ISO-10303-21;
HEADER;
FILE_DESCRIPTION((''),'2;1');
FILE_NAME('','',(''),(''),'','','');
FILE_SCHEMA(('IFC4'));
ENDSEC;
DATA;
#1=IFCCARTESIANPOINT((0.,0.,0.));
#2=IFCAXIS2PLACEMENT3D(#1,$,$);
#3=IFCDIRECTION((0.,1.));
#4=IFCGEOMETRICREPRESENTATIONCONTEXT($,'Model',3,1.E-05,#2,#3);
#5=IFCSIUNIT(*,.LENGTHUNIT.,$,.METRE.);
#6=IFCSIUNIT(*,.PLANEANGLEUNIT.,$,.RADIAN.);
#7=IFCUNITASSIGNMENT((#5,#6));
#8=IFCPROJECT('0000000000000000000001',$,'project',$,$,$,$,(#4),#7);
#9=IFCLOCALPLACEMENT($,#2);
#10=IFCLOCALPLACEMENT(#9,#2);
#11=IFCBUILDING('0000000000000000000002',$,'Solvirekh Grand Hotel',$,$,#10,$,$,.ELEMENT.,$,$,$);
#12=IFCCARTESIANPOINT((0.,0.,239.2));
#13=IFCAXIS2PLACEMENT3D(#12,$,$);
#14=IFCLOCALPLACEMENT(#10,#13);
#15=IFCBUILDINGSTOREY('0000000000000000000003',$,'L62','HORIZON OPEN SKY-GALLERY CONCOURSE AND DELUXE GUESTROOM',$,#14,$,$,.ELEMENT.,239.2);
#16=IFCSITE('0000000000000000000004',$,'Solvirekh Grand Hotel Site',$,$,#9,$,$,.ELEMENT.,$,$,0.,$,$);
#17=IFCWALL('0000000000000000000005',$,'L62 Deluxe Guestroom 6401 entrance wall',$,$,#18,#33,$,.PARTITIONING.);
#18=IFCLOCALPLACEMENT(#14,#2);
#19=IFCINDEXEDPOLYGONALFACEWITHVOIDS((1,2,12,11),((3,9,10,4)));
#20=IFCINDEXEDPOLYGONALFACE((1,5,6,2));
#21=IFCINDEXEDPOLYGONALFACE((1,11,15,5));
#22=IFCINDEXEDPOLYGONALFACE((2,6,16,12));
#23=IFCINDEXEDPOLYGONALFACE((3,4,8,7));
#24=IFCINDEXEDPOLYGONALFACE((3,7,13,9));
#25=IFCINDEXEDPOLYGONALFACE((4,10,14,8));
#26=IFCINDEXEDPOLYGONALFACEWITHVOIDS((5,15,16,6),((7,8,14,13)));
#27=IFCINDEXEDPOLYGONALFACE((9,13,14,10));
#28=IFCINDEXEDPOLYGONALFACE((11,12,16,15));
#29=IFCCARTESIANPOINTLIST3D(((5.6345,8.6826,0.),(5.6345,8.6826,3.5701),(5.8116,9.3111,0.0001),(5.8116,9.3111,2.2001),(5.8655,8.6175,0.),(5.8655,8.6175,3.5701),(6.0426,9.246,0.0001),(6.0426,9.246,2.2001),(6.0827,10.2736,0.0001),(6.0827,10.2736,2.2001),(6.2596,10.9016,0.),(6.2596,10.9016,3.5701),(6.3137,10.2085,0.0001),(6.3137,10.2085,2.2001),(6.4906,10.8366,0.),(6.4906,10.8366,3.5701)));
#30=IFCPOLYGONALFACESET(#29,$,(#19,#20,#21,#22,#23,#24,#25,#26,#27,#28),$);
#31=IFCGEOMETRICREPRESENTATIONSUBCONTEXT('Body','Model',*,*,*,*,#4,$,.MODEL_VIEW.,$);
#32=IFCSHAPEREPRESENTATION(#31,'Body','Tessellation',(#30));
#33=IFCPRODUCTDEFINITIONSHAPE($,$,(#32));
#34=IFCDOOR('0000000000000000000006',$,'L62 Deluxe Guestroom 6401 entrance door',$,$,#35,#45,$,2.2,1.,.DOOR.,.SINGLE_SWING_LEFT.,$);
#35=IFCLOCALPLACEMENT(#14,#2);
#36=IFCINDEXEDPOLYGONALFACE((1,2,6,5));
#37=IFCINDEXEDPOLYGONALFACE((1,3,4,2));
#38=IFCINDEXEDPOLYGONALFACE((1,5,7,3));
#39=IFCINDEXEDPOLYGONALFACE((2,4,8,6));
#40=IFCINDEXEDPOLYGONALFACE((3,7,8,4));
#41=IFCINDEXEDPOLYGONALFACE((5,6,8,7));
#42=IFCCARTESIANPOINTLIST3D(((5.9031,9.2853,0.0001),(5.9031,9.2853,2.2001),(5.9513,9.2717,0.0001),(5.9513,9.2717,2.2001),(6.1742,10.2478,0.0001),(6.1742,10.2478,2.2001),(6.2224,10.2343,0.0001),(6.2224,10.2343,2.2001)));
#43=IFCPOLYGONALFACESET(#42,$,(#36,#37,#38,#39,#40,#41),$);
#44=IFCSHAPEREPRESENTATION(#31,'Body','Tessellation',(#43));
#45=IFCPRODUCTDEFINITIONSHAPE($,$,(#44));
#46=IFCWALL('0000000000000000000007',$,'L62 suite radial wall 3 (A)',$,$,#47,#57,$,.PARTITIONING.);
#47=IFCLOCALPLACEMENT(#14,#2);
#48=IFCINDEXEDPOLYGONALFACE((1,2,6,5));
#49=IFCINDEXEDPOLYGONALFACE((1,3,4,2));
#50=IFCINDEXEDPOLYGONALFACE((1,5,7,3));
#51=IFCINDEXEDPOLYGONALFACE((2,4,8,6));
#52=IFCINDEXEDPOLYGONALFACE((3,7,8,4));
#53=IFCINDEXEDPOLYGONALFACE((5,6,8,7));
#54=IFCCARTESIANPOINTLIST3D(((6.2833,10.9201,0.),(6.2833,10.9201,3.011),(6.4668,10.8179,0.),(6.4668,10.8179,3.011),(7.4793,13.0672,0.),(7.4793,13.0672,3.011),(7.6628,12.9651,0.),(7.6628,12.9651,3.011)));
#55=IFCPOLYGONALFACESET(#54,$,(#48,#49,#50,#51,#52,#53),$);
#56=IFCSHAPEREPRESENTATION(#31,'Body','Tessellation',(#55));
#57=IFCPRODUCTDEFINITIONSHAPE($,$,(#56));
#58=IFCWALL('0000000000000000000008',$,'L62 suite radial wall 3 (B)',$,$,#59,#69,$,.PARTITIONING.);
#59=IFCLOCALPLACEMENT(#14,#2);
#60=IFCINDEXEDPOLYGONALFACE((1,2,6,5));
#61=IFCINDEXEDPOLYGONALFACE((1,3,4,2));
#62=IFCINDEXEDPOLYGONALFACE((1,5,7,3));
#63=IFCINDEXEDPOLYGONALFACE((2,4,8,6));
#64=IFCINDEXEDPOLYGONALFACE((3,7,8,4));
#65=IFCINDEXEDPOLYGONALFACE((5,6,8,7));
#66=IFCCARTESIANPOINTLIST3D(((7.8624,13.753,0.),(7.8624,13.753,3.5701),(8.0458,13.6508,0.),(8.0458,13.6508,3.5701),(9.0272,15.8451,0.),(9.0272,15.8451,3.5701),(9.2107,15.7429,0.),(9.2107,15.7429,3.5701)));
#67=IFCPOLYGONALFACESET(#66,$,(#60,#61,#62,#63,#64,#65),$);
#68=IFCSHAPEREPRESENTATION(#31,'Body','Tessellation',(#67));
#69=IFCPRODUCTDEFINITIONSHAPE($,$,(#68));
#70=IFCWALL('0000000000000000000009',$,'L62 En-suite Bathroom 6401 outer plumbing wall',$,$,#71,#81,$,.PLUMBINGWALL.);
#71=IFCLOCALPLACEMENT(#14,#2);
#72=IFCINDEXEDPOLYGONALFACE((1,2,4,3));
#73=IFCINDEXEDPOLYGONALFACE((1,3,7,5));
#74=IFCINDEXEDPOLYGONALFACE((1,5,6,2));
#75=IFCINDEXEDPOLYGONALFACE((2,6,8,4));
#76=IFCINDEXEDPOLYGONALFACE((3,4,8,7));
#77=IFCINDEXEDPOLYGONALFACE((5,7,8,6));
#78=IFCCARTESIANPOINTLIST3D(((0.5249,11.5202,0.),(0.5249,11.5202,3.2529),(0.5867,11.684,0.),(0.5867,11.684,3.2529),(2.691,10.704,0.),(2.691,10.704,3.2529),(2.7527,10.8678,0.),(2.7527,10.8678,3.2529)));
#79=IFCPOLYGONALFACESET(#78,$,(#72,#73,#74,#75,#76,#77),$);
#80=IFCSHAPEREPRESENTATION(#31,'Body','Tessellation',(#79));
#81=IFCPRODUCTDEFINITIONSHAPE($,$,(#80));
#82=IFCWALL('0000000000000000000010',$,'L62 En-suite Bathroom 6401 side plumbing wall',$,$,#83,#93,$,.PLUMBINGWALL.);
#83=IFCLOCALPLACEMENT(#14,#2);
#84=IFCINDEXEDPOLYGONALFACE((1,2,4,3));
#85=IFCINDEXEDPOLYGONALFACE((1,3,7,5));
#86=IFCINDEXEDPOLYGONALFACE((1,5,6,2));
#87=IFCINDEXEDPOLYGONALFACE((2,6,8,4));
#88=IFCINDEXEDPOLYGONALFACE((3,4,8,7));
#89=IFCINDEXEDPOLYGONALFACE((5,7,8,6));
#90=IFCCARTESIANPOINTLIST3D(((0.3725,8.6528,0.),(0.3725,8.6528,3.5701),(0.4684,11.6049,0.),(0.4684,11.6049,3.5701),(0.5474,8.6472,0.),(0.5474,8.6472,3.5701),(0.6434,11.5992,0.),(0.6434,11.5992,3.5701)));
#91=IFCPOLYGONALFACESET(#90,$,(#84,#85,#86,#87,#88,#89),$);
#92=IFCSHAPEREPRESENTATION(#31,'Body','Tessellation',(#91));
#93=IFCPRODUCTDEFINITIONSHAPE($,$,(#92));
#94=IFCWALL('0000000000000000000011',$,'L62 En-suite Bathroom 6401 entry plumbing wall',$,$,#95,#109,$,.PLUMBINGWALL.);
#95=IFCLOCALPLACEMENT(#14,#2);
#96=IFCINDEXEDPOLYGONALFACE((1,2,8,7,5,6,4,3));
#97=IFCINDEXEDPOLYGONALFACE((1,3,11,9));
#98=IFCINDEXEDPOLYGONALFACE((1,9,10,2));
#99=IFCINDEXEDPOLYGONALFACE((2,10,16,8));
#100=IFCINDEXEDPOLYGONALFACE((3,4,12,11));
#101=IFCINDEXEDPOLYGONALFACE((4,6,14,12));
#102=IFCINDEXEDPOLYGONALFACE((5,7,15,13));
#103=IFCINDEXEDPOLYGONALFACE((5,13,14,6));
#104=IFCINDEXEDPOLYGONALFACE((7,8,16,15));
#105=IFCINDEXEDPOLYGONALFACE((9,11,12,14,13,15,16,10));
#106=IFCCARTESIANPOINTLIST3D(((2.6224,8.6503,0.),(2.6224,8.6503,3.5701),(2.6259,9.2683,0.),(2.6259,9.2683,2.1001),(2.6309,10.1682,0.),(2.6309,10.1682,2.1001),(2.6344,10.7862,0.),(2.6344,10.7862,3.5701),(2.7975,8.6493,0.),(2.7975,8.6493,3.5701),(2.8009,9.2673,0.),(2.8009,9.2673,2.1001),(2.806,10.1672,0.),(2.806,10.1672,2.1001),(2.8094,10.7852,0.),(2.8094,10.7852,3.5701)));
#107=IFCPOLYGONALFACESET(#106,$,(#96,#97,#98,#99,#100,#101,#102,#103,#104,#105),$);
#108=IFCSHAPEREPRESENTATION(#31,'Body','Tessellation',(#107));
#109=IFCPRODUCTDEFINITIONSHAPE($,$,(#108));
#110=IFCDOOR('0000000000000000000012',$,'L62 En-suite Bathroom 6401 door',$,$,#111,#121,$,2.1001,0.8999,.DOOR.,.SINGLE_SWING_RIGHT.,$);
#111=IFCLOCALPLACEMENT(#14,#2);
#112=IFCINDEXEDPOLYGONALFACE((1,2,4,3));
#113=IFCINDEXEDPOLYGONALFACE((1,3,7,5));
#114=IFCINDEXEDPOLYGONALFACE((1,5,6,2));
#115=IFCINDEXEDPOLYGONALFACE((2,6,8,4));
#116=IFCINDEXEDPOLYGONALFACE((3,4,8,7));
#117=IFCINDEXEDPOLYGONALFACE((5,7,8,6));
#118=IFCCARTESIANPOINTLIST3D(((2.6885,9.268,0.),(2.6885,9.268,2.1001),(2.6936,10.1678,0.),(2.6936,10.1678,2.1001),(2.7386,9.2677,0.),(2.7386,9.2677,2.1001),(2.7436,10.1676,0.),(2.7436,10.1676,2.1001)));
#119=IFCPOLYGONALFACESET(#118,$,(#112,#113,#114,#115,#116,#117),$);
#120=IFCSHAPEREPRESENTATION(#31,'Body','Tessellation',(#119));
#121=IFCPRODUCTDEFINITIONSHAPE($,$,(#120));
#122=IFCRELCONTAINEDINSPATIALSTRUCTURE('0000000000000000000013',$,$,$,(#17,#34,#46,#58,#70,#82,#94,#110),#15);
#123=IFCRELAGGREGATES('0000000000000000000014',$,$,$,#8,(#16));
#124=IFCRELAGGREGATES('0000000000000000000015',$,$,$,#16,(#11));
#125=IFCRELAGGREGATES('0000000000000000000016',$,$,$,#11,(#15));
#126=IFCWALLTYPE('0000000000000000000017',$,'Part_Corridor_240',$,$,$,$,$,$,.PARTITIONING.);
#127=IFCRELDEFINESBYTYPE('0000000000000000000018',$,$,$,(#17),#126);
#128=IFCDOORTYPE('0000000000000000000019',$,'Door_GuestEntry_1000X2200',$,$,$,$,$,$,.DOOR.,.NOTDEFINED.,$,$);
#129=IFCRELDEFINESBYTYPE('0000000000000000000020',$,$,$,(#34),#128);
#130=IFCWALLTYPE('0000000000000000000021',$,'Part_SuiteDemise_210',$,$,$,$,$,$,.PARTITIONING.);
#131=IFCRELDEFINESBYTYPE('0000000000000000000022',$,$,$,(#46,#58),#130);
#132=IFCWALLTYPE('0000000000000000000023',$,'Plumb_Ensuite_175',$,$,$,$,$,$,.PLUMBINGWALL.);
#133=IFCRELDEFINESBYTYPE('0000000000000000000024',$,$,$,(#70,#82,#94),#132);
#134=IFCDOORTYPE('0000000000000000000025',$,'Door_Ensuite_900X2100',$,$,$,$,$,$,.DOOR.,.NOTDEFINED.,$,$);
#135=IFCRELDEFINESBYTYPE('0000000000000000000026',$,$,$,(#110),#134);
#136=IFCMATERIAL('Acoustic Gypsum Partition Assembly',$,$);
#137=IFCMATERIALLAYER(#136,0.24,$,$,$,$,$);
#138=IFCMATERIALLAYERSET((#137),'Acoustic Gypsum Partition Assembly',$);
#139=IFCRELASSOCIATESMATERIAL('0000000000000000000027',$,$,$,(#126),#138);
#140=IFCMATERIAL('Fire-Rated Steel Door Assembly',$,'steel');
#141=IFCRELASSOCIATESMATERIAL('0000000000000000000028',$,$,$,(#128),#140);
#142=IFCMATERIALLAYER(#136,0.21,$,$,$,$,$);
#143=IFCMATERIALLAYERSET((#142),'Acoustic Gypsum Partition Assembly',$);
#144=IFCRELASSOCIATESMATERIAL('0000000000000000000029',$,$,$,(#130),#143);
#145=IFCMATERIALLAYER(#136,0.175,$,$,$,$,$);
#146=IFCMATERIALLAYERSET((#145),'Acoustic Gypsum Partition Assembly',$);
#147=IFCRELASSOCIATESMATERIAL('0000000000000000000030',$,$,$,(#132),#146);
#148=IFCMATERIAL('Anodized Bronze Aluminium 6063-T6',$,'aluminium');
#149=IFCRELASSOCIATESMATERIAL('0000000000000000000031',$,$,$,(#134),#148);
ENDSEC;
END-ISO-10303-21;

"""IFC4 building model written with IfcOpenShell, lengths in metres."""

from ifc_helpers import new_model, si_unit, direction, frame, frame_2d, origin, place, context, subcontext, project, spatial, rectangle, extrude, material, layer, layer_set, type_object, element, fill, save


model = new_model("IFC4")

# Units and contexts
model_context = context("Model", 3, precision=1e-05, world=origin(), true_north=direction((0.0, 1.0)))
body_context = subcontext(model_context, "Body", "Model", "MODEL_VIEW")
ifc_project = project(units=[si_unit("LENGTHUNIT", "METRE"), si_unit("PLANEANGLEUNIT", "RADIAN")], contexts=[model_context])

# Site, building, storey
site_placement = place(None, origin())
site = spatial("IfcSite", under=ifc_project, at=site_placement, Name="Solvirekh Grand Hotel Site", CompositionType="ELEMENT", RefElevation=0.0)
building_placement = place(site_placement, origin())
building = spatial("IfcBuilding", under=site, at=building_placement, Name="Solvirekh Grand Hotel", CompositionType="ELEMENT")
storey_placement = place(building_placement, frame((0.0, 0.0, 239.2)))
storey = spatial("IfcBuildingStorey", under=building, at=storey_placement, Name="L62", Description="HORIZON OPEN SKY-GALLERY CONCOURSE AND DELUXE GUESTROOM", CompositionType="ELEMENT", Elevation=239.2)

# Shared definitions
ifc_material_1 = material(Name="Anodized Bronze Aluminium 6063-T6", Category="aluminium")

# Shared definitions
ifc_material_2 = material(Name="Acoustic Gypsum Partition Assembly")
ifc_layer_1 = layer(ifc_material_2, 0.24)
ifc_layer_set_1 = layer_set([ifc_layer_1], Name="Acoustic Gypsum Partition Assembly")
wall_type_1 = type_object("IfcWallType", Name="Part_Corridor_240", PredefinedType="PARTITIONING", material=ifc_layer_set_1)

# Wall, opening, door
wall_1_placement = place(storey_placement, frame((5.75, 8.6499, 0.0), z_axis=(0.0, 0.0, 1.0), x_axis=(0.271111, 0.962548, 0.0)))
wall_1 = element("IfcWall", 1, at=wall_1_placement, inside=storey, type_object=wall_type_1, Name="L62 Deluxe Guestroom 6401 entrance wall", PredefinedType="PARTITIONING", context=body_context, shape_type="SweptSolid", body=[
    extrude(rectangle(XDim=2.3054, YDim=0.24, at=frame_2d((1.1528, 0.0))), origin(), (0.0, 0.0, 1.0), 3.5701),
])
opening_1_placement = place(wall_1_placement, frame((0.6531, 0.0, 0.0)))
opening_1 = element("IfcOpeningElement", 2, at=opening_1_placement, cuts=wall_1, PredefinedType="OPENING", context=body_context, shape_type="SweptSolid", body=[
    extrude(rectangle(XDim=1.0, YDim=2.2, at=frame_2d((0.5, 1.1001))), frame((0.0, 0.1299, 0.0), z_axis=(0.0, -1.0, 0.0), x_axis=(1.0, 0.0, 0.0)), (0.0, 0.0, 1.0), 0.26),
])
ifc_material_3 = material(Name="Fire-Rated Steel Door Assembly", Category="steel")
door_type_1 = type_object("IfcDoorType", Name="Door_GuestEntry_1000X2200", OperationType="NOTDEFINED", PredefinedType="DOOR", material=ifc_material_3)
door_1_placement = place(opening_1_placement, origin())
door_1 = element("IfcDoor", 3, at=door_1_placement, inside=storey, type_object=door_type_1, Name="L62 Deluxe Guestroom 6401 entrance door", OperationType="SINGLE_SWING_LEFT", OverallHeight=2.2, OverallWidth=1.0, PredefinedType="DOOR", context=body_context, shape_type="SweptSolid", body=[
    extrude(rectangle(XDim=1.0, YDim=2.2, at=frame_2d((0.5, 1.1001))), frame((0.0, 0.0249, 0.0), z_axis=(0.0, -1.0, 0.0), x_axis=(1.0, 0.0, 0.0)), (0.0, 0.0, 1.0), 0.05),
])
fill(opening_1, door_1)

# Walls
ifc_layer_2 = layer(ifc_material_2, 0.21)
ifc_layer_set_2 = layer_set([ifc_layer_2], Name="Acoustic Gypsum Partition Assembly")
wall_type_2 = type_object("IfcWallType", Name="Part_SuiteDemise_210", PredefinedType="PARTITIONING", material=ifc_layer_set_2)
wall_2_placement = place(storey_placement, frame((6.375, 10.8689, 0.0), z_axis=(0.0, 0.0, 1.0), x_axis=(0.486621, 0.873613, 0.0)))
element("IfcWall", 4, at=wall_2_placement, inside=storey, type_object=wall_type_2, Name="L62 suite radial wall 3 (A)", PredefinedType="PARTITIONING", context=body_context, shape_type="SweptSolid", body=[
    extrude(rectangle(XDim=2.4578, YDim=0.21, at=frame_2d((1.229, 0.0))), origin(), (0.0, 0.0, 1.0), 3.011),
])
wall_3_placement = place(storey_placement, frame((7.9541, 13.7019, 0.0), z_axis=(0.0, 0.0, 1.0), x_axis=(0.486456, 0.873705, 0.0)))
element("IfcWall", 5, at=wall_3_placement, inside=storey, type_object=wall_type_2, Name="L62 suite radial wall 3 (B)", PredefinedType="PARTITIONING", context=body_context, shape_type="SweptSolid", body=[
    extrude(rectangle(XDim=2.3945, YDim=0.21, at=frame_2d((1.1973, 0.0))), origin(), (0.0, 0.0, 1.0), 3.5701),
])
ifc_layer_3 = layer(ifc_material_2, 0.175)
ifc_layer_set_3 = layer_set([ifc_layer_3], Name="Acoustic Gypsum Partition Assembly")
wall_type_3 = type_object("IfcWallType", Name="Plumb_Ensuite_175", PredefinedType="PLUMBINGWALL", material=ifc_layer_set_3)
wall_4_placement = place(storey_placement, frame((0.5559, 11.6021, 0.0), z_axis=(0.0, 0.0, 1.0), x_axis=(0.935773, -0.352603, 0.0)))
element("IfcWall", 6, at=wall_4_placement, inside=storey, type_object=wall_type_3, Name="L62 En-suite Bathroom 6401 outer plumbing wall", PredefinedType="PLUMBINGWALL", context=body_context, shape_type="SweptSolid", body=[
    extrude(rectangle(XDim=2.3147, YDim=0.175, at=frame_2d((1.1572, 0.0))), origin(), (0.0, 0.0, 1.0), 3.2529),
])
wall_5_placement = place(storey_placement, frame((0.5559, 11.6021, 0.0), z_axis=(0.0, 0.0, 1.0), x_axis=(-0.032484, -0.999472, 0.0)))
element("IfcWall", 7, at=wall_5_placement, inside=storey, type_object=wall_type_3, Name="L62 En-suite Bathroom 6401 side plumbing wall", PredefinedType="PLUMBINGWALL", context=body_context, shape_type="SweptSolid", body=[
    extrude(rectangle(XDim=2.9536, YDim=0.175, at=frame_2d((1.4768, 0.0))), origin(), (0.0, 0.0, 1.0), 3.5701),
])

# Wall, opening, door
wall_6_placement = place(storey_placement, frame((2.71, 8.6499, 0.0), z_axis=(0.0, 0.0, 1.0), x_axis=(0.005601, 0.999984, 0.0)))
wall_6 = element("IfcWall", 8, at=wall_6_placement, inside=storey, type_object=wall_type_3, Name="L62 En-suite Bathroom 6401 entry plumbing wall", PredefinedType="PLUMBINGWALL", context=body_context, shape_type="SweptSolid", body=[
    extrude(rectangle(XDim=2.136, YDim=0.175, at=frame_2d((1.0679, 0.0))), origin(), (0.0, 0.0, 1.0), 3.5701),
])
opening_2_placement = place(wall_6_placement, frame((0.6179, 0.0, 0.0)))
opening_2 = element("IfcOpeningElement", 9, at=opening_2_placement, cuts=wall_6, PredefinedType="OPENING", context=body_context, shape_type="SweptSolid", body=[
    extrude(rectangle(XDim=0.8999, YDim=2.1001, at=frame_2d((0.45, 1.05))), frame((0.0, 0.0977, 0.0), z_axis=(0.0, -1.0, 0.0), x_axis=(1.0, 0.0, 0.0)), (0.0, 0.0, 1.0), 0.1951),
])
door_type_2 = type_object("IfcDoorType", Name="Door_Ensuite_900X2100", OperationType="NOTDEFINED", PredefinedType="DOOR", material=ifc_material_1)
door_2_placement = place(opening_2_placement, origin())
door_2 = element("IfcDoor", 10, at=door_2_placement, inside=storey, type_object=door_type_2, Name="L62 En-suite Bathroom 6401 door", OperationType="SINGLE_SWING_RIGHT", OverallHeight=2.1001, OverallWidth=0.8999, PredefinedType="DOOR", context=body_context, shape_type="SweptSolid", body=[
    extrude(rectangle(XDim=0.8999, YDim=2.1001, at=frame_2d((0.45, 1.05))), frame((0.0, 0.0249, 0.0), z_axis=(0.0, -1.0, 0.0), x_axis=(1.0, 0.0, 0.0)), (0.0, 0.0, 1.0), 0.05),
])
fill(opening_2, door_2)

save(model, "model.ifc")
